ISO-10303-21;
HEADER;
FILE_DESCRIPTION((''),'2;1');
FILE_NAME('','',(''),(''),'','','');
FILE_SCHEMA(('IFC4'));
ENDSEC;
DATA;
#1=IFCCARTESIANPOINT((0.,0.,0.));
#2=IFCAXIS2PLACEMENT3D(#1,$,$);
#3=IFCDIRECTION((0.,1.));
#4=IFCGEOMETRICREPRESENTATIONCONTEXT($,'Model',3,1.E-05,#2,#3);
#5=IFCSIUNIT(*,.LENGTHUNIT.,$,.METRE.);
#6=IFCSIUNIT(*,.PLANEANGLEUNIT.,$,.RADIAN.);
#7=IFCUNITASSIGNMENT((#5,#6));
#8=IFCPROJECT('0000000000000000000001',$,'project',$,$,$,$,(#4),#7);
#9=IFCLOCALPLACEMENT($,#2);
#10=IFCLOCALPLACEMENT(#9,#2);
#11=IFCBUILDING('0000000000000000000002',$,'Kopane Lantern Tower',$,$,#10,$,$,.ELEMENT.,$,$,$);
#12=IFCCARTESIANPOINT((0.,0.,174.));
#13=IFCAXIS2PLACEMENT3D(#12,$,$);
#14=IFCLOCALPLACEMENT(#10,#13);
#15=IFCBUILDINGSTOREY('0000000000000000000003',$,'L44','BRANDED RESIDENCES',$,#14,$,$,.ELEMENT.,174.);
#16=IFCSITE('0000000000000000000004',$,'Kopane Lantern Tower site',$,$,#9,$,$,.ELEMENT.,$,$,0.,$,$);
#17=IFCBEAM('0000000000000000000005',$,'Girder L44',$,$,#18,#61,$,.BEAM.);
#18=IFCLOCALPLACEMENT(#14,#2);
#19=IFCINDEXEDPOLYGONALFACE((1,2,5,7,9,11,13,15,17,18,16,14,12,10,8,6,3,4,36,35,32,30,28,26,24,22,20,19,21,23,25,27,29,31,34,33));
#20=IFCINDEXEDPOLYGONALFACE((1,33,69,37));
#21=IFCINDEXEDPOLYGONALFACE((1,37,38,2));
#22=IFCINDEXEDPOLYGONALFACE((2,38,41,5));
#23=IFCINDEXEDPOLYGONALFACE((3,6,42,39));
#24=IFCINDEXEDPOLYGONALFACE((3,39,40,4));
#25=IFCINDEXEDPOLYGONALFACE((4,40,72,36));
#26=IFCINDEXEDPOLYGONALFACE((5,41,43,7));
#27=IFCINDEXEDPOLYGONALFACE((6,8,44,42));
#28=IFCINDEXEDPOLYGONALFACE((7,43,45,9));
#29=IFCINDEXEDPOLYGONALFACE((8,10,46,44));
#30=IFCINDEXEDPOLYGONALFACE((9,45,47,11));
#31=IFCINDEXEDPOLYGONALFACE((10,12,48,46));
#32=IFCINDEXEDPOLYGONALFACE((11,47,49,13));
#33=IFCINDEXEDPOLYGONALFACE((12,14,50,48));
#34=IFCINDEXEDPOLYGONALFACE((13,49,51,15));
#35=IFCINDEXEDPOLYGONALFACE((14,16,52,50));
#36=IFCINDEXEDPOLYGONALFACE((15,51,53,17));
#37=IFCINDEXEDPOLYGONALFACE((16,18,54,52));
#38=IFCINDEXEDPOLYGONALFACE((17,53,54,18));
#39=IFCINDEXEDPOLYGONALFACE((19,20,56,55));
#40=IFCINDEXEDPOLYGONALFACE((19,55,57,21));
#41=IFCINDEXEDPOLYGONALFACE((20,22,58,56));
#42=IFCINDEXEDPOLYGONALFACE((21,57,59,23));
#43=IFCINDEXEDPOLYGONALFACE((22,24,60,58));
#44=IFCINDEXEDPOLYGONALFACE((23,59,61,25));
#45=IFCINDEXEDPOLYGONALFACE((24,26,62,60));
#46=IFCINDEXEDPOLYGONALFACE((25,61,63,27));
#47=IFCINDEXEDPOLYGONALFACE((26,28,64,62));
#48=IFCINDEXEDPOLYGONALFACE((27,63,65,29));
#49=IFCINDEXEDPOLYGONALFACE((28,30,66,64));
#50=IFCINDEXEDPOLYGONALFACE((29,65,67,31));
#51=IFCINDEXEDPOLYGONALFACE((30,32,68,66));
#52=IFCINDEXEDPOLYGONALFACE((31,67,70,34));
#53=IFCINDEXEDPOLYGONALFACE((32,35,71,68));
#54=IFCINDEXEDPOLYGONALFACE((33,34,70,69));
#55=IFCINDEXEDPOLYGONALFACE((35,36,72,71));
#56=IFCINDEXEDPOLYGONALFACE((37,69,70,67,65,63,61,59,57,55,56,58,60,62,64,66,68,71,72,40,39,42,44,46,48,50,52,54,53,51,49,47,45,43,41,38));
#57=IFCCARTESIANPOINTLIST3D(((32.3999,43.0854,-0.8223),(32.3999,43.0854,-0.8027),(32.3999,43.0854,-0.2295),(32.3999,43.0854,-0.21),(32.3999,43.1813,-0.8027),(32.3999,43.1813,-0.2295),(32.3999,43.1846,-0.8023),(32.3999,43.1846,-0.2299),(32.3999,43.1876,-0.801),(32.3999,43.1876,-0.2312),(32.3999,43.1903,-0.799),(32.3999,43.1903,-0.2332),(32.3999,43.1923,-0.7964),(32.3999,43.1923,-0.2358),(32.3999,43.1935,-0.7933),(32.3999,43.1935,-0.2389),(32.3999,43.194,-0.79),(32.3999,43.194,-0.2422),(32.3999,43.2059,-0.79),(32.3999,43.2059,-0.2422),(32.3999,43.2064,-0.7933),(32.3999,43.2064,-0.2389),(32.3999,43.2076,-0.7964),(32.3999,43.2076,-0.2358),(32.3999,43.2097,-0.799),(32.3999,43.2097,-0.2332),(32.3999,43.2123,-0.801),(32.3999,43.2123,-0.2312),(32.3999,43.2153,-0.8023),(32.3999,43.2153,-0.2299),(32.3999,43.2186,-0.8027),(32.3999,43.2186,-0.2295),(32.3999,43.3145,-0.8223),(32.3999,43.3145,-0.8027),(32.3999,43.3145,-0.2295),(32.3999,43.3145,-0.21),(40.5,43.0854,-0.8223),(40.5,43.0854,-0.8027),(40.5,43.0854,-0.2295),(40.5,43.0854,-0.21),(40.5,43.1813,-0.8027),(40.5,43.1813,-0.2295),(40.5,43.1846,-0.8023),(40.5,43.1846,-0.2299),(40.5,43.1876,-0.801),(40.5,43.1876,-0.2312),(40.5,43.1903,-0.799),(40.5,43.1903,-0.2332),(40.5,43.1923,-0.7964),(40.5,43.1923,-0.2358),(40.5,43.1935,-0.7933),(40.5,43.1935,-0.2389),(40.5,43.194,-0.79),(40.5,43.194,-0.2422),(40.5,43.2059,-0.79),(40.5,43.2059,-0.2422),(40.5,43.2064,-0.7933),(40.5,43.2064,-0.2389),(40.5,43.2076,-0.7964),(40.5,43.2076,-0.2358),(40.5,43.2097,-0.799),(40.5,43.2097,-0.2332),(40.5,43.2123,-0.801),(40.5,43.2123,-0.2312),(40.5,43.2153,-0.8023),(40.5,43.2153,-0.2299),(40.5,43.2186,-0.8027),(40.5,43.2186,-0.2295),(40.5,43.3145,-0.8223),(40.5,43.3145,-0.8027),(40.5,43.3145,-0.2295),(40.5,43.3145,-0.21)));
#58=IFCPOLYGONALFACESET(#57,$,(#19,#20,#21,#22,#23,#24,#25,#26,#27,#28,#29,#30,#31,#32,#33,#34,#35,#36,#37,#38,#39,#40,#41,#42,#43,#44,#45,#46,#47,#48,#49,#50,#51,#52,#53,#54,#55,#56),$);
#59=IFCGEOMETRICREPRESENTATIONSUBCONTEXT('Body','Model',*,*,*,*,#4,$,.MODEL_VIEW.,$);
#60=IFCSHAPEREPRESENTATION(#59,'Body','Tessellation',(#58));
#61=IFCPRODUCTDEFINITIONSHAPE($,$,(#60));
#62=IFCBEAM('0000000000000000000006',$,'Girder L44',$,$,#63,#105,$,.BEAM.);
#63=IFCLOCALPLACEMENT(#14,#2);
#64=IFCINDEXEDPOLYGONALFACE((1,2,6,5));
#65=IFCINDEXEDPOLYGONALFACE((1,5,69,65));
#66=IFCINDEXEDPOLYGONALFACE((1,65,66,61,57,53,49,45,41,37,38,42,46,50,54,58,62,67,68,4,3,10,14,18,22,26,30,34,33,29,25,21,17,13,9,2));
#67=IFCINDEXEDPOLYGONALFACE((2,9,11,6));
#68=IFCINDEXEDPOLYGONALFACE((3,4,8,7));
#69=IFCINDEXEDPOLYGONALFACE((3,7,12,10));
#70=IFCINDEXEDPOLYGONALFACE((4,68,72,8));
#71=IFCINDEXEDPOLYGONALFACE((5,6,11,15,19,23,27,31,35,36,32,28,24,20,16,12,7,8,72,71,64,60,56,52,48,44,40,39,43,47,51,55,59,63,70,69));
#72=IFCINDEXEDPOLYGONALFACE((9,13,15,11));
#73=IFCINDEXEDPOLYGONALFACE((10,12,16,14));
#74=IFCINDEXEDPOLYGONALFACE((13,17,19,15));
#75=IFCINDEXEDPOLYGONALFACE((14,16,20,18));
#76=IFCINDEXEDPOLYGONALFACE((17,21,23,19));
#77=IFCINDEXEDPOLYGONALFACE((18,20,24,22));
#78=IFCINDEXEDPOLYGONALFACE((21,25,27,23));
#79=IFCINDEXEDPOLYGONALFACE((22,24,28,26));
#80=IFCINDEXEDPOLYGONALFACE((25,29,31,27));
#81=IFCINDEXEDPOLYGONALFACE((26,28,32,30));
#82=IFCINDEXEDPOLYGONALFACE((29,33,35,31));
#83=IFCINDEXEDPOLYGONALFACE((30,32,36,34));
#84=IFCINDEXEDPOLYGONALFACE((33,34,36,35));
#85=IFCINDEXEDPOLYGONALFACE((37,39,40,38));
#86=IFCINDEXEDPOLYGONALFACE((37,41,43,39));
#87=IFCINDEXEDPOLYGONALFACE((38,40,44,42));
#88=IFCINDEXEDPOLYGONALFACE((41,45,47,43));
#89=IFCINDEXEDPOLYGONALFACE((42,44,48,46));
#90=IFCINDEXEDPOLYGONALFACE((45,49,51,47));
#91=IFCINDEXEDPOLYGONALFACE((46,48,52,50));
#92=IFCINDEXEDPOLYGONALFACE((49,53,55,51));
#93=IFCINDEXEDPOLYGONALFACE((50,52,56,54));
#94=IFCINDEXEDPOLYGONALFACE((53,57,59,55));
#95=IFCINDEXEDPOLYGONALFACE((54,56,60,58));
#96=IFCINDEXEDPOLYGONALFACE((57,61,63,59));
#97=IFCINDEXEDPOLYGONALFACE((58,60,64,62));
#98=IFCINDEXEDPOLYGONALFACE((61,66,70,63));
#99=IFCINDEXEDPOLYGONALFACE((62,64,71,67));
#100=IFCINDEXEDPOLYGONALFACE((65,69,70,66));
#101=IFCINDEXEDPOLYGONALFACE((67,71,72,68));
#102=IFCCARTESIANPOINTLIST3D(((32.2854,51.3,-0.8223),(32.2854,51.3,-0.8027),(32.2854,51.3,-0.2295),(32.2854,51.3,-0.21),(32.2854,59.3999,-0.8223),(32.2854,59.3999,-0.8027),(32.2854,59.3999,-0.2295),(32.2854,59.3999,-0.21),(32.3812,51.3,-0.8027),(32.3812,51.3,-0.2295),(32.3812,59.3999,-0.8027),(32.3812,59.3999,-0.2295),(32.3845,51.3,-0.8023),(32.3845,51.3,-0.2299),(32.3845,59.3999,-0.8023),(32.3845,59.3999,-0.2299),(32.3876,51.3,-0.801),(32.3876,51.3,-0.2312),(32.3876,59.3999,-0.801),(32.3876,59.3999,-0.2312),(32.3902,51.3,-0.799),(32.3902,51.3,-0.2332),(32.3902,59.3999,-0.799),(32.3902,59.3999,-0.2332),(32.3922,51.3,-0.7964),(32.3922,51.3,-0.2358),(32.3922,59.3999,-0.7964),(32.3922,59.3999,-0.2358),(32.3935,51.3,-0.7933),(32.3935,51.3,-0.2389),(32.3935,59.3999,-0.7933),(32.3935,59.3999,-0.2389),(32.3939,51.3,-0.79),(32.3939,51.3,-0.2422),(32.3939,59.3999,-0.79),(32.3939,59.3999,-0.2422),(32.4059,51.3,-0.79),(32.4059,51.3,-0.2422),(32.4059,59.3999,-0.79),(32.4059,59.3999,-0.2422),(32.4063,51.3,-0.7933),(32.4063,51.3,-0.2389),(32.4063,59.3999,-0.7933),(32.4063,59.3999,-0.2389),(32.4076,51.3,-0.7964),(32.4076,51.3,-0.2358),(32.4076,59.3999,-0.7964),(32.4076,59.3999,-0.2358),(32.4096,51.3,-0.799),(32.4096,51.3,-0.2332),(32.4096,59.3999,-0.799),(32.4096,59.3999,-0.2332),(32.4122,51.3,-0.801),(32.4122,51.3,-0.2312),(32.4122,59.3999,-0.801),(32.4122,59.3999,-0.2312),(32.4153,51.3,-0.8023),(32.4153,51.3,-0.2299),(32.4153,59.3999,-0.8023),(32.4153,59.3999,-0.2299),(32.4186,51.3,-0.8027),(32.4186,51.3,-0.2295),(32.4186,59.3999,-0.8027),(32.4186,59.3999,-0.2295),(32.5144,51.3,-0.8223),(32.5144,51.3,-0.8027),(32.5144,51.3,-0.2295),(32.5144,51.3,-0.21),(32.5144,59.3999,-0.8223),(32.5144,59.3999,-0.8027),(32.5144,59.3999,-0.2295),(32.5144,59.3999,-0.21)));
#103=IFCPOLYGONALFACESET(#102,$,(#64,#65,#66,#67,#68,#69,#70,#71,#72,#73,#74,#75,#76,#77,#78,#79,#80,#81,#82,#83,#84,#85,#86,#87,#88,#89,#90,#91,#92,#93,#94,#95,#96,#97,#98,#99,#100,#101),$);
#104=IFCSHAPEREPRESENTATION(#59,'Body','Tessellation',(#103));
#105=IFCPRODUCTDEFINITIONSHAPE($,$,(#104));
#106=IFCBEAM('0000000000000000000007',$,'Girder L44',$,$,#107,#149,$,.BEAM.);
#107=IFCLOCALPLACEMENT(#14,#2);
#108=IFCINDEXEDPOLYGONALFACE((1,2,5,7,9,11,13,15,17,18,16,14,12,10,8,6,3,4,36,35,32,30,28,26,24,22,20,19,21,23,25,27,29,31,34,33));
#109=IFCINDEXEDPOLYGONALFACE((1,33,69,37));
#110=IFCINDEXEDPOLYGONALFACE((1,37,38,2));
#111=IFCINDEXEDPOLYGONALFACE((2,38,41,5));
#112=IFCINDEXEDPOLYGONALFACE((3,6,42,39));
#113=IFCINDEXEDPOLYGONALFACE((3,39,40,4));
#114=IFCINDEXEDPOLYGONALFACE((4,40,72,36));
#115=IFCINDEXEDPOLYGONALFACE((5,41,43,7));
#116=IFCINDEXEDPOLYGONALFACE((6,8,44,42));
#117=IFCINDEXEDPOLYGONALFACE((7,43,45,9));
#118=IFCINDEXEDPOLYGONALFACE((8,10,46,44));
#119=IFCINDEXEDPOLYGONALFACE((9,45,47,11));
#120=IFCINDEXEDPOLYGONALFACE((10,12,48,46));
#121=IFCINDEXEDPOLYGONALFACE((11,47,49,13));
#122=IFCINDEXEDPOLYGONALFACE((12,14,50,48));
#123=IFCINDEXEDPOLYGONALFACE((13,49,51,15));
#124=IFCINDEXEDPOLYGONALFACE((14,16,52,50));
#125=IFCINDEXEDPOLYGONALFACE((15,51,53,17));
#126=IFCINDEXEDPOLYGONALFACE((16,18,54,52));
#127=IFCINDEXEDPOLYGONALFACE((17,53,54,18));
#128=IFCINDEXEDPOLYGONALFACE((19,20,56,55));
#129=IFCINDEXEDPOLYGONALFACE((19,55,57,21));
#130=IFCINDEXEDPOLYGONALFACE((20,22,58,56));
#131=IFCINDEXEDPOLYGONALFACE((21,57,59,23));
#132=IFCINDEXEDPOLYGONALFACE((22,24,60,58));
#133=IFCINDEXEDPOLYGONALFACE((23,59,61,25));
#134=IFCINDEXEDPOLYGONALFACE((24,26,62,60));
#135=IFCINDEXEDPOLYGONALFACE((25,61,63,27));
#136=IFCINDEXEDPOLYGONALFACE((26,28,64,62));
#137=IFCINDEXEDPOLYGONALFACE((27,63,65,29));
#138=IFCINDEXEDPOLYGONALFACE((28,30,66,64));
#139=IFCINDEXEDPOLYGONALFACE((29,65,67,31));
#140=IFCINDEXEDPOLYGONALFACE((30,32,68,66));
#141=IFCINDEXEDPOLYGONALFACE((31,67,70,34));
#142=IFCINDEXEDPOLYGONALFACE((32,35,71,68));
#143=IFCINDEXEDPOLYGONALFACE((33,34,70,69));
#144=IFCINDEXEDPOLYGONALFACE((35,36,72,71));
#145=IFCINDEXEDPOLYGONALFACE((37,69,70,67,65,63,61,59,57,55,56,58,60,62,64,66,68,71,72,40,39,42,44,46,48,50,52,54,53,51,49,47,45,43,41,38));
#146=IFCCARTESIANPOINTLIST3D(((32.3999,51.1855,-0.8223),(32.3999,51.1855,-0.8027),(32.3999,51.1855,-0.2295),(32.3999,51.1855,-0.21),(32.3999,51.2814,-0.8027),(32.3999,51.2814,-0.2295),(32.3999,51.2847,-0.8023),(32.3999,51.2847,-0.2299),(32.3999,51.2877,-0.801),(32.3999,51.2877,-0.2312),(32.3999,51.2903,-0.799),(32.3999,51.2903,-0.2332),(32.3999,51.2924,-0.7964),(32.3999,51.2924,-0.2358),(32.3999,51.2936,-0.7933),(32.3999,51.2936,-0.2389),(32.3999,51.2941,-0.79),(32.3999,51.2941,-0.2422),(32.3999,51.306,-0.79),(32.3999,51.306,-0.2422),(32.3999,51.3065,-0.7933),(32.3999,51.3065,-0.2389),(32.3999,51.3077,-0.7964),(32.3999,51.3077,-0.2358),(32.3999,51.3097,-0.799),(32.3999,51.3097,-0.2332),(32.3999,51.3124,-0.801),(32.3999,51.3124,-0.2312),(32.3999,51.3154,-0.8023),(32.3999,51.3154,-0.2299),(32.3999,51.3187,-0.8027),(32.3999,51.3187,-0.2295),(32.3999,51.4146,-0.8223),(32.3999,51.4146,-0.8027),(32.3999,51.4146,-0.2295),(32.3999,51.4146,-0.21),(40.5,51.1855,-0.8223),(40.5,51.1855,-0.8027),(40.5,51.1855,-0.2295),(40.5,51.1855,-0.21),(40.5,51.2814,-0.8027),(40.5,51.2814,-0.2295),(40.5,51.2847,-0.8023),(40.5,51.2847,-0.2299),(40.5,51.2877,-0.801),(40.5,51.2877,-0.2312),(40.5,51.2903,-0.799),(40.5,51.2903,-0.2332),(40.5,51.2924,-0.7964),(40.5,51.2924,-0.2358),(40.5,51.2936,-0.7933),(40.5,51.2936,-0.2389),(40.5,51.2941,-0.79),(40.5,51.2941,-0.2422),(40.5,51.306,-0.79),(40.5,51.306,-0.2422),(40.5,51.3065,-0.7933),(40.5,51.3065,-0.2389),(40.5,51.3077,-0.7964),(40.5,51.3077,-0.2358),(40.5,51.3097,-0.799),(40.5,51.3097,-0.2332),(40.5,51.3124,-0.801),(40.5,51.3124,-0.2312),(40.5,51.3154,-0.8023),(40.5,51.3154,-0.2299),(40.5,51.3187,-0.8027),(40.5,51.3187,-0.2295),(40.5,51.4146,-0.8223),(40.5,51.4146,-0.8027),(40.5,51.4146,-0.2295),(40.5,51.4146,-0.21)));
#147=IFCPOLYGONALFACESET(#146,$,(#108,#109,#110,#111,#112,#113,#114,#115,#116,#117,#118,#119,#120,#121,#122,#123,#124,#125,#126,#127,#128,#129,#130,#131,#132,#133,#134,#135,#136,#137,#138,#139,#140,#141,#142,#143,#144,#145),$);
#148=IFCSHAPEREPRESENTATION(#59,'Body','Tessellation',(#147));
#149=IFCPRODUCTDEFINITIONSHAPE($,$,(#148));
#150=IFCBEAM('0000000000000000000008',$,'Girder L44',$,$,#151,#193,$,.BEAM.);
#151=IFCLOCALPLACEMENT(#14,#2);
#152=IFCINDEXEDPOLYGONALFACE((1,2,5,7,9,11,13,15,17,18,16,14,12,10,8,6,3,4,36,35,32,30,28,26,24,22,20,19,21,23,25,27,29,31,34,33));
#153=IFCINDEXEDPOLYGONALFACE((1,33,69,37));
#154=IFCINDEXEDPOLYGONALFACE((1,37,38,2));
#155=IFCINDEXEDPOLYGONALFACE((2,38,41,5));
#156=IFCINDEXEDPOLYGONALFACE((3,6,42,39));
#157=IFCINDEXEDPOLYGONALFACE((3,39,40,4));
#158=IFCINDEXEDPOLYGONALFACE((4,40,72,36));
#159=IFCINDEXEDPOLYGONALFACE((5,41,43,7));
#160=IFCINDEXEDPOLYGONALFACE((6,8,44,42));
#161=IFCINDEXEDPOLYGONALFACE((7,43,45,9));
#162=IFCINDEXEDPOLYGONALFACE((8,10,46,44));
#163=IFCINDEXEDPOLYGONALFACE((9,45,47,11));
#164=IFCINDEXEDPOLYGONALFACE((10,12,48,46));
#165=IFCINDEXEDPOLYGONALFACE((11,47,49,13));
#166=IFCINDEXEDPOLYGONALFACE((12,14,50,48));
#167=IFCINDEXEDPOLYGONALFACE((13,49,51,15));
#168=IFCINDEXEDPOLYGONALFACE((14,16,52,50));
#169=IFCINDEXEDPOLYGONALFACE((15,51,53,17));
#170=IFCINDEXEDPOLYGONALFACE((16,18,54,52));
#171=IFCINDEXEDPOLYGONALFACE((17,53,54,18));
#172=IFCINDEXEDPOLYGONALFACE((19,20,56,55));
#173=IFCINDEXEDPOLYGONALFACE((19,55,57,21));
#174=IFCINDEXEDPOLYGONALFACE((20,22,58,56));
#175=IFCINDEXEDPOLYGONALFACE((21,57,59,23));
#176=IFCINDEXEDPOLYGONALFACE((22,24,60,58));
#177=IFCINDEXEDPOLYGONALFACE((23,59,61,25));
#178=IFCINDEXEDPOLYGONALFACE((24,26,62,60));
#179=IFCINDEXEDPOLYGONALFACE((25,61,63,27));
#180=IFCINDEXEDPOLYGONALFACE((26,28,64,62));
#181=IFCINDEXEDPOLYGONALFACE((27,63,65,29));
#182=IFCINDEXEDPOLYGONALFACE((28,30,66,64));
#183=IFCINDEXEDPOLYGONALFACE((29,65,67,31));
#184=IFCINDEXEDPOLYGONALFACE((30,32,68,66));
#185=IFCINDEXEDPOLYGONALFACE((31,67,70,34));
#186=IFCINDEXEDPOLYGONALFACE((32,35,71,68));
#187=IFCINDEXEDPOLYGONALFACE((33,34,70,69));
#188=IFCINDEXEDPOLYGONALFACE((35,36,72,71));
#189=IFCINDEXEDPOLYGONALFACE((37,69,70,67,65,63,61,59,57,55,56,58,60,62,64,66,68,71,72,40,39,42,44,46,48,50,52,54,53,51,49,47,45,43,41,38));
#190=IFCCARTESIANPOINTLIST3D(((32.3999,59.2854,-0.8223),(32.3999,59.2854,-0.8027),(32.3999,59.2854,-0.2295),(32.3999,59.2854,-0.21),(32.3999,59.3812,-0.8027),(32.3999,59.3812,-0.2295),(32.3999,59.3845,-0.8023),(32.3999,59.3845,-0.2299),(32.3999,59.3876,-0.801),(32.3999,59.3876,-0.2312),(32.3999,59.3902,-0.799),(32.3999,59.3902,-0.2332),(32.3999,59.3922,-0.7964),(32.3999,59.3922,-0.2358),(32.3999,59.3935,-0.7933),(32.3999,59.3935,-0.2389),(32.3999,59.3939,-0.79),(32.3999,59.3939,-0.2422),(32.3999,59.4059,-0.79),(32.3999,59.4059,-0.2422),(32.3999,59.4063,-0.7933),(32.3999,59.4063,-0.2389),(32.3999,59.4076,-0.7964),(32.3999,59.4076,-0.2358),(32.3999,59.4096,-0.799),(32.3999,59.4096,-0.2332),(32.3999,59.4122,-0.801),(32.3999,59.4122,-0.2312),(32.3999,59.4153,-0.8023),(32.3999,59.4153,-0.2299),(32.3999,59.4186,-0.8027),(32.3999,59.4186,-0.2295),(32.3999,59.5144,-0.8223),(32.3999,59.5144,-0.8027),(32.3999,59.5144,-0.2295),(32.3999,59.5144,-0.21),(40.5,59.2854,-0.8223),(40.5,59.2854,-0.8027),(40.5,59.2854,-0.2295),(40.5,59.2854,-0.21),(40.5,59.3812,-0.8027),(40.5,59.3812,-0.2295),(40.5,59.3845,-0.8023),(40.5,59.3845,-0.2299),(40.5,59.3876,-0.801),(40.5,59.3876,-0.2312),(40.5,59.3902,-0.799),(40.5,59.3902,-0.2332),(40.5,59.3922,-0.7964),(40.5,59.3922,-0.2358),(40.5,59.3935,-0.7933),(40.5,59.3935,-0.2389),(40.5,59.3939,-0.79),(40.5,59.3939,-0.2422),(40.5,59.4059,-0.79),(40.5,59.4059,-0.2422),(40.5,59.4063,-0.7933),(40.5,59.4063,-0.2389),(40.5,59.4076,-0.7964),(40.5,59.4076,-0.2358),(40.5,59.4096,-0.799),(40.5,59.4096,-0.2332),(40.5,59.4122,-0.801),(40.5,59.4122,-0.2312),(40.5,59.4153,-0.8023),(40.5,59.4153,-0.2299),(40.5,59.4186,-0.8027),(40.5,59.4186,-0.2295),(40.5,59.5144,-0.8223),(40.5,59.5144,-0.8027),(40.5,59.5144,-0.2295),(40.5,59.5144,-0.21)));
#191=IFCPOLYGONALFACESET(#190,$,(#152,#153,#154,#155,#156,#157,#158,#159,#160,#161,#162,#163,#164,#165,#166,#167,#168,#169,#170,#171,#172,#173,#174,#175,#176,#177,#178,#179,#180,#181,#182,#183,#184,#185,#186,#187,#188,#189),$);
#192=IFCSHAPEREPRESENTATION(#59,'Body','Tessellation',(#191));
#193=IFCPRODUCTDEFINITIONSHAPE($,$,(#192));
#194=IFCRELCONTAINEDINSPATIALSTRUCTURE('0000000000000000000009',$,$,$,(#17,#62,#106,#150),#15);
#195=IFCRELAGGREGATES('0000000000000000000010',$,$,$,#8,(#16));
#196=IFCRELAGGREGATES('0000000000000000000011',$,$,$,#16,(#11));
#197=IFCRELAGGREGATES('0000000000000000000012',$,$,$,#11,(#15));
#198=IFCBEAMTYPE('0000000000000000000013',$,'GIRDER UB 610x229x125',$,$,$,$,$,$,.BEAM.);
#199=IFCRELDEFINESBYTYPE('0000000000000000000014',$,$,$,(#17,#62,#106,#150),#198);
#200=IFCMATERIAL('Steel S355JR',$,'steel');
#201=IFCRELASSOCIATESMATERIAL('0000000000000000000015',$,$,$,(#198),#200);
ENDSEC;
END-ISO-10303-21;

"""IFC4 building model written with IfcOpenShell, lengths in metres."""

from ifc_helpers import new_model, si_unit, direction, frame, origin, origin_2d, place, context, subcontext, project, spatial, i_section, extrude, material, material_profile, profile_set, type_object, element, save


model = new_model("IFC4")

# Units and contexts
model_context = context("Model", 3, precision=1e-05, world=origin(), true_north=direction((0.0, 1.0)))
body_context = subcontext(model_context, "Body", "Model", "MODEL_VIEW")
ifc_project = project(units=[si_unit("LENGTHUNIT", "METRE"), si_unit("PLANEANGLEUNIT", "RADIAN")], contexts=[model_context])

# Site, building, storey
site_placement = place(None, origin())
site = spatial("IfcSite", under=ifc_project, at=site_placement, Name="Kopane Lantern Tower site", CompositionType="ELEMENT", RefElevation=0.0)
building_placement = place(site_placement, origin())
building = spatial("IfcBuilding", under=site, at=building_placement, Name="Kopane Lantern Tower", CompositionType="ELEMENT")
storey_placement = place(building_placement, frame((0.0, 0.0, 174.0)))
storey = spatial("IfcBuildingStorey", under=building, at=storey_placement, Name="L44", Description="BRANDED RESIDENCES", CompositionType="ELEMENT", Elevation=174.0)

# Beams
ifc_material_1 = material(Name="Steel S355JR", Category="steel")
ifc_material_profile_1 = material_profile(ifc_material_1, i_section(OverallWidth=0.229, OverallDepth=0.6123, WebThickness=0.012, FlangeThickness=0.0195, FilletRadius=0.0127, at=origin_2d()), Name="UB 610x229x125")
ifc_profile_set_1 = profile_set([ifc_material_profile_1], Name="Steel S355JR")
beam_type_1 = type_object("IfcBeamType", Name="GIRDER UB 610x229x125", PredefinedType="BEAM", material=ifc_profile_set_1)
for number, where, z_axis, x_axis, name in (
    (1, (32.3999, 43.2, -0.5161), (1.0, 0.0, 0.0), (0.0, 1.0, 0.0), "Girder L44"),
):
    element("IfcBeam", number, at=place(storey_placement, frame(where, z_axis=z_axis, x_axis=x_axis)), inside=storey, type_object=beam_type_1, Name=name, PredefinedType="BEAM", context=body_context, shape_type="SweptSolid", body=[
        extrude(i_section(OverallWidth=0.229, OverallDepth=0.6123, WebThickness=0.012, FlangeThickness=0.0195, FilletRadius=0.0127, at=origin_2d()), origin(), (0.0, 0.0, 1.0), 8.1001),
    ])
beam_1_placement = place(storey_placement, frame((32.3999, 51.3, -0.5161), z_axis=(0.0, 1.0, 0.0), x_axis=(-1.0, 0.0, 0.0)))
element("IfcBeam", 2, at=beam_1_placement, inside=storey, type_object=beam_type_1, Name="Girder L44", PredefinedType="BEAM", context=body_context, shape_type="SweptSolid", body=[
    extrude(i_section(OverallWidth=0.229, OverallDepth=0.6123, WebThickness=0.012, FlangeThickness=0.0195, FilletRadius=0.0127, at=origin_2d()), origin(), (0.0, 0.0, 1.0), 8.0999),
])
for number, where, z_axis, x_axis, name in (
    (3, (32.3999, 51.3, -0.5161), (1.0, 0.0, 0.0), (0.0, 1.0, 0.0), "Girder L44"),
    (4, (32.3999, 59.3999, -0.5161), (1.0, 0.0, 0.0), (0.0, 1.0, 0.0), "Girder L44"),
):
    element("IfcBeam", number, at=place(storey_placement, frame(where, z_axis=z_axis, x_axis=x_axis)), inside=storey, type_object=beam_type_1, Name=name, PredefinedType="BEAM", context=body_context, shape_type="SweptSolid", body=[
        extrude(i_section(OverallWidth=0.229, OverallDepth=0.6123, WebThickness=0.012, FlangeThickness=0.0195, FilletRadius=0.0127, at=origin_2d()), origin(), (0.0, 0.0, 1.0), 8.1001),
    ])

save(model, "model.ifc")
